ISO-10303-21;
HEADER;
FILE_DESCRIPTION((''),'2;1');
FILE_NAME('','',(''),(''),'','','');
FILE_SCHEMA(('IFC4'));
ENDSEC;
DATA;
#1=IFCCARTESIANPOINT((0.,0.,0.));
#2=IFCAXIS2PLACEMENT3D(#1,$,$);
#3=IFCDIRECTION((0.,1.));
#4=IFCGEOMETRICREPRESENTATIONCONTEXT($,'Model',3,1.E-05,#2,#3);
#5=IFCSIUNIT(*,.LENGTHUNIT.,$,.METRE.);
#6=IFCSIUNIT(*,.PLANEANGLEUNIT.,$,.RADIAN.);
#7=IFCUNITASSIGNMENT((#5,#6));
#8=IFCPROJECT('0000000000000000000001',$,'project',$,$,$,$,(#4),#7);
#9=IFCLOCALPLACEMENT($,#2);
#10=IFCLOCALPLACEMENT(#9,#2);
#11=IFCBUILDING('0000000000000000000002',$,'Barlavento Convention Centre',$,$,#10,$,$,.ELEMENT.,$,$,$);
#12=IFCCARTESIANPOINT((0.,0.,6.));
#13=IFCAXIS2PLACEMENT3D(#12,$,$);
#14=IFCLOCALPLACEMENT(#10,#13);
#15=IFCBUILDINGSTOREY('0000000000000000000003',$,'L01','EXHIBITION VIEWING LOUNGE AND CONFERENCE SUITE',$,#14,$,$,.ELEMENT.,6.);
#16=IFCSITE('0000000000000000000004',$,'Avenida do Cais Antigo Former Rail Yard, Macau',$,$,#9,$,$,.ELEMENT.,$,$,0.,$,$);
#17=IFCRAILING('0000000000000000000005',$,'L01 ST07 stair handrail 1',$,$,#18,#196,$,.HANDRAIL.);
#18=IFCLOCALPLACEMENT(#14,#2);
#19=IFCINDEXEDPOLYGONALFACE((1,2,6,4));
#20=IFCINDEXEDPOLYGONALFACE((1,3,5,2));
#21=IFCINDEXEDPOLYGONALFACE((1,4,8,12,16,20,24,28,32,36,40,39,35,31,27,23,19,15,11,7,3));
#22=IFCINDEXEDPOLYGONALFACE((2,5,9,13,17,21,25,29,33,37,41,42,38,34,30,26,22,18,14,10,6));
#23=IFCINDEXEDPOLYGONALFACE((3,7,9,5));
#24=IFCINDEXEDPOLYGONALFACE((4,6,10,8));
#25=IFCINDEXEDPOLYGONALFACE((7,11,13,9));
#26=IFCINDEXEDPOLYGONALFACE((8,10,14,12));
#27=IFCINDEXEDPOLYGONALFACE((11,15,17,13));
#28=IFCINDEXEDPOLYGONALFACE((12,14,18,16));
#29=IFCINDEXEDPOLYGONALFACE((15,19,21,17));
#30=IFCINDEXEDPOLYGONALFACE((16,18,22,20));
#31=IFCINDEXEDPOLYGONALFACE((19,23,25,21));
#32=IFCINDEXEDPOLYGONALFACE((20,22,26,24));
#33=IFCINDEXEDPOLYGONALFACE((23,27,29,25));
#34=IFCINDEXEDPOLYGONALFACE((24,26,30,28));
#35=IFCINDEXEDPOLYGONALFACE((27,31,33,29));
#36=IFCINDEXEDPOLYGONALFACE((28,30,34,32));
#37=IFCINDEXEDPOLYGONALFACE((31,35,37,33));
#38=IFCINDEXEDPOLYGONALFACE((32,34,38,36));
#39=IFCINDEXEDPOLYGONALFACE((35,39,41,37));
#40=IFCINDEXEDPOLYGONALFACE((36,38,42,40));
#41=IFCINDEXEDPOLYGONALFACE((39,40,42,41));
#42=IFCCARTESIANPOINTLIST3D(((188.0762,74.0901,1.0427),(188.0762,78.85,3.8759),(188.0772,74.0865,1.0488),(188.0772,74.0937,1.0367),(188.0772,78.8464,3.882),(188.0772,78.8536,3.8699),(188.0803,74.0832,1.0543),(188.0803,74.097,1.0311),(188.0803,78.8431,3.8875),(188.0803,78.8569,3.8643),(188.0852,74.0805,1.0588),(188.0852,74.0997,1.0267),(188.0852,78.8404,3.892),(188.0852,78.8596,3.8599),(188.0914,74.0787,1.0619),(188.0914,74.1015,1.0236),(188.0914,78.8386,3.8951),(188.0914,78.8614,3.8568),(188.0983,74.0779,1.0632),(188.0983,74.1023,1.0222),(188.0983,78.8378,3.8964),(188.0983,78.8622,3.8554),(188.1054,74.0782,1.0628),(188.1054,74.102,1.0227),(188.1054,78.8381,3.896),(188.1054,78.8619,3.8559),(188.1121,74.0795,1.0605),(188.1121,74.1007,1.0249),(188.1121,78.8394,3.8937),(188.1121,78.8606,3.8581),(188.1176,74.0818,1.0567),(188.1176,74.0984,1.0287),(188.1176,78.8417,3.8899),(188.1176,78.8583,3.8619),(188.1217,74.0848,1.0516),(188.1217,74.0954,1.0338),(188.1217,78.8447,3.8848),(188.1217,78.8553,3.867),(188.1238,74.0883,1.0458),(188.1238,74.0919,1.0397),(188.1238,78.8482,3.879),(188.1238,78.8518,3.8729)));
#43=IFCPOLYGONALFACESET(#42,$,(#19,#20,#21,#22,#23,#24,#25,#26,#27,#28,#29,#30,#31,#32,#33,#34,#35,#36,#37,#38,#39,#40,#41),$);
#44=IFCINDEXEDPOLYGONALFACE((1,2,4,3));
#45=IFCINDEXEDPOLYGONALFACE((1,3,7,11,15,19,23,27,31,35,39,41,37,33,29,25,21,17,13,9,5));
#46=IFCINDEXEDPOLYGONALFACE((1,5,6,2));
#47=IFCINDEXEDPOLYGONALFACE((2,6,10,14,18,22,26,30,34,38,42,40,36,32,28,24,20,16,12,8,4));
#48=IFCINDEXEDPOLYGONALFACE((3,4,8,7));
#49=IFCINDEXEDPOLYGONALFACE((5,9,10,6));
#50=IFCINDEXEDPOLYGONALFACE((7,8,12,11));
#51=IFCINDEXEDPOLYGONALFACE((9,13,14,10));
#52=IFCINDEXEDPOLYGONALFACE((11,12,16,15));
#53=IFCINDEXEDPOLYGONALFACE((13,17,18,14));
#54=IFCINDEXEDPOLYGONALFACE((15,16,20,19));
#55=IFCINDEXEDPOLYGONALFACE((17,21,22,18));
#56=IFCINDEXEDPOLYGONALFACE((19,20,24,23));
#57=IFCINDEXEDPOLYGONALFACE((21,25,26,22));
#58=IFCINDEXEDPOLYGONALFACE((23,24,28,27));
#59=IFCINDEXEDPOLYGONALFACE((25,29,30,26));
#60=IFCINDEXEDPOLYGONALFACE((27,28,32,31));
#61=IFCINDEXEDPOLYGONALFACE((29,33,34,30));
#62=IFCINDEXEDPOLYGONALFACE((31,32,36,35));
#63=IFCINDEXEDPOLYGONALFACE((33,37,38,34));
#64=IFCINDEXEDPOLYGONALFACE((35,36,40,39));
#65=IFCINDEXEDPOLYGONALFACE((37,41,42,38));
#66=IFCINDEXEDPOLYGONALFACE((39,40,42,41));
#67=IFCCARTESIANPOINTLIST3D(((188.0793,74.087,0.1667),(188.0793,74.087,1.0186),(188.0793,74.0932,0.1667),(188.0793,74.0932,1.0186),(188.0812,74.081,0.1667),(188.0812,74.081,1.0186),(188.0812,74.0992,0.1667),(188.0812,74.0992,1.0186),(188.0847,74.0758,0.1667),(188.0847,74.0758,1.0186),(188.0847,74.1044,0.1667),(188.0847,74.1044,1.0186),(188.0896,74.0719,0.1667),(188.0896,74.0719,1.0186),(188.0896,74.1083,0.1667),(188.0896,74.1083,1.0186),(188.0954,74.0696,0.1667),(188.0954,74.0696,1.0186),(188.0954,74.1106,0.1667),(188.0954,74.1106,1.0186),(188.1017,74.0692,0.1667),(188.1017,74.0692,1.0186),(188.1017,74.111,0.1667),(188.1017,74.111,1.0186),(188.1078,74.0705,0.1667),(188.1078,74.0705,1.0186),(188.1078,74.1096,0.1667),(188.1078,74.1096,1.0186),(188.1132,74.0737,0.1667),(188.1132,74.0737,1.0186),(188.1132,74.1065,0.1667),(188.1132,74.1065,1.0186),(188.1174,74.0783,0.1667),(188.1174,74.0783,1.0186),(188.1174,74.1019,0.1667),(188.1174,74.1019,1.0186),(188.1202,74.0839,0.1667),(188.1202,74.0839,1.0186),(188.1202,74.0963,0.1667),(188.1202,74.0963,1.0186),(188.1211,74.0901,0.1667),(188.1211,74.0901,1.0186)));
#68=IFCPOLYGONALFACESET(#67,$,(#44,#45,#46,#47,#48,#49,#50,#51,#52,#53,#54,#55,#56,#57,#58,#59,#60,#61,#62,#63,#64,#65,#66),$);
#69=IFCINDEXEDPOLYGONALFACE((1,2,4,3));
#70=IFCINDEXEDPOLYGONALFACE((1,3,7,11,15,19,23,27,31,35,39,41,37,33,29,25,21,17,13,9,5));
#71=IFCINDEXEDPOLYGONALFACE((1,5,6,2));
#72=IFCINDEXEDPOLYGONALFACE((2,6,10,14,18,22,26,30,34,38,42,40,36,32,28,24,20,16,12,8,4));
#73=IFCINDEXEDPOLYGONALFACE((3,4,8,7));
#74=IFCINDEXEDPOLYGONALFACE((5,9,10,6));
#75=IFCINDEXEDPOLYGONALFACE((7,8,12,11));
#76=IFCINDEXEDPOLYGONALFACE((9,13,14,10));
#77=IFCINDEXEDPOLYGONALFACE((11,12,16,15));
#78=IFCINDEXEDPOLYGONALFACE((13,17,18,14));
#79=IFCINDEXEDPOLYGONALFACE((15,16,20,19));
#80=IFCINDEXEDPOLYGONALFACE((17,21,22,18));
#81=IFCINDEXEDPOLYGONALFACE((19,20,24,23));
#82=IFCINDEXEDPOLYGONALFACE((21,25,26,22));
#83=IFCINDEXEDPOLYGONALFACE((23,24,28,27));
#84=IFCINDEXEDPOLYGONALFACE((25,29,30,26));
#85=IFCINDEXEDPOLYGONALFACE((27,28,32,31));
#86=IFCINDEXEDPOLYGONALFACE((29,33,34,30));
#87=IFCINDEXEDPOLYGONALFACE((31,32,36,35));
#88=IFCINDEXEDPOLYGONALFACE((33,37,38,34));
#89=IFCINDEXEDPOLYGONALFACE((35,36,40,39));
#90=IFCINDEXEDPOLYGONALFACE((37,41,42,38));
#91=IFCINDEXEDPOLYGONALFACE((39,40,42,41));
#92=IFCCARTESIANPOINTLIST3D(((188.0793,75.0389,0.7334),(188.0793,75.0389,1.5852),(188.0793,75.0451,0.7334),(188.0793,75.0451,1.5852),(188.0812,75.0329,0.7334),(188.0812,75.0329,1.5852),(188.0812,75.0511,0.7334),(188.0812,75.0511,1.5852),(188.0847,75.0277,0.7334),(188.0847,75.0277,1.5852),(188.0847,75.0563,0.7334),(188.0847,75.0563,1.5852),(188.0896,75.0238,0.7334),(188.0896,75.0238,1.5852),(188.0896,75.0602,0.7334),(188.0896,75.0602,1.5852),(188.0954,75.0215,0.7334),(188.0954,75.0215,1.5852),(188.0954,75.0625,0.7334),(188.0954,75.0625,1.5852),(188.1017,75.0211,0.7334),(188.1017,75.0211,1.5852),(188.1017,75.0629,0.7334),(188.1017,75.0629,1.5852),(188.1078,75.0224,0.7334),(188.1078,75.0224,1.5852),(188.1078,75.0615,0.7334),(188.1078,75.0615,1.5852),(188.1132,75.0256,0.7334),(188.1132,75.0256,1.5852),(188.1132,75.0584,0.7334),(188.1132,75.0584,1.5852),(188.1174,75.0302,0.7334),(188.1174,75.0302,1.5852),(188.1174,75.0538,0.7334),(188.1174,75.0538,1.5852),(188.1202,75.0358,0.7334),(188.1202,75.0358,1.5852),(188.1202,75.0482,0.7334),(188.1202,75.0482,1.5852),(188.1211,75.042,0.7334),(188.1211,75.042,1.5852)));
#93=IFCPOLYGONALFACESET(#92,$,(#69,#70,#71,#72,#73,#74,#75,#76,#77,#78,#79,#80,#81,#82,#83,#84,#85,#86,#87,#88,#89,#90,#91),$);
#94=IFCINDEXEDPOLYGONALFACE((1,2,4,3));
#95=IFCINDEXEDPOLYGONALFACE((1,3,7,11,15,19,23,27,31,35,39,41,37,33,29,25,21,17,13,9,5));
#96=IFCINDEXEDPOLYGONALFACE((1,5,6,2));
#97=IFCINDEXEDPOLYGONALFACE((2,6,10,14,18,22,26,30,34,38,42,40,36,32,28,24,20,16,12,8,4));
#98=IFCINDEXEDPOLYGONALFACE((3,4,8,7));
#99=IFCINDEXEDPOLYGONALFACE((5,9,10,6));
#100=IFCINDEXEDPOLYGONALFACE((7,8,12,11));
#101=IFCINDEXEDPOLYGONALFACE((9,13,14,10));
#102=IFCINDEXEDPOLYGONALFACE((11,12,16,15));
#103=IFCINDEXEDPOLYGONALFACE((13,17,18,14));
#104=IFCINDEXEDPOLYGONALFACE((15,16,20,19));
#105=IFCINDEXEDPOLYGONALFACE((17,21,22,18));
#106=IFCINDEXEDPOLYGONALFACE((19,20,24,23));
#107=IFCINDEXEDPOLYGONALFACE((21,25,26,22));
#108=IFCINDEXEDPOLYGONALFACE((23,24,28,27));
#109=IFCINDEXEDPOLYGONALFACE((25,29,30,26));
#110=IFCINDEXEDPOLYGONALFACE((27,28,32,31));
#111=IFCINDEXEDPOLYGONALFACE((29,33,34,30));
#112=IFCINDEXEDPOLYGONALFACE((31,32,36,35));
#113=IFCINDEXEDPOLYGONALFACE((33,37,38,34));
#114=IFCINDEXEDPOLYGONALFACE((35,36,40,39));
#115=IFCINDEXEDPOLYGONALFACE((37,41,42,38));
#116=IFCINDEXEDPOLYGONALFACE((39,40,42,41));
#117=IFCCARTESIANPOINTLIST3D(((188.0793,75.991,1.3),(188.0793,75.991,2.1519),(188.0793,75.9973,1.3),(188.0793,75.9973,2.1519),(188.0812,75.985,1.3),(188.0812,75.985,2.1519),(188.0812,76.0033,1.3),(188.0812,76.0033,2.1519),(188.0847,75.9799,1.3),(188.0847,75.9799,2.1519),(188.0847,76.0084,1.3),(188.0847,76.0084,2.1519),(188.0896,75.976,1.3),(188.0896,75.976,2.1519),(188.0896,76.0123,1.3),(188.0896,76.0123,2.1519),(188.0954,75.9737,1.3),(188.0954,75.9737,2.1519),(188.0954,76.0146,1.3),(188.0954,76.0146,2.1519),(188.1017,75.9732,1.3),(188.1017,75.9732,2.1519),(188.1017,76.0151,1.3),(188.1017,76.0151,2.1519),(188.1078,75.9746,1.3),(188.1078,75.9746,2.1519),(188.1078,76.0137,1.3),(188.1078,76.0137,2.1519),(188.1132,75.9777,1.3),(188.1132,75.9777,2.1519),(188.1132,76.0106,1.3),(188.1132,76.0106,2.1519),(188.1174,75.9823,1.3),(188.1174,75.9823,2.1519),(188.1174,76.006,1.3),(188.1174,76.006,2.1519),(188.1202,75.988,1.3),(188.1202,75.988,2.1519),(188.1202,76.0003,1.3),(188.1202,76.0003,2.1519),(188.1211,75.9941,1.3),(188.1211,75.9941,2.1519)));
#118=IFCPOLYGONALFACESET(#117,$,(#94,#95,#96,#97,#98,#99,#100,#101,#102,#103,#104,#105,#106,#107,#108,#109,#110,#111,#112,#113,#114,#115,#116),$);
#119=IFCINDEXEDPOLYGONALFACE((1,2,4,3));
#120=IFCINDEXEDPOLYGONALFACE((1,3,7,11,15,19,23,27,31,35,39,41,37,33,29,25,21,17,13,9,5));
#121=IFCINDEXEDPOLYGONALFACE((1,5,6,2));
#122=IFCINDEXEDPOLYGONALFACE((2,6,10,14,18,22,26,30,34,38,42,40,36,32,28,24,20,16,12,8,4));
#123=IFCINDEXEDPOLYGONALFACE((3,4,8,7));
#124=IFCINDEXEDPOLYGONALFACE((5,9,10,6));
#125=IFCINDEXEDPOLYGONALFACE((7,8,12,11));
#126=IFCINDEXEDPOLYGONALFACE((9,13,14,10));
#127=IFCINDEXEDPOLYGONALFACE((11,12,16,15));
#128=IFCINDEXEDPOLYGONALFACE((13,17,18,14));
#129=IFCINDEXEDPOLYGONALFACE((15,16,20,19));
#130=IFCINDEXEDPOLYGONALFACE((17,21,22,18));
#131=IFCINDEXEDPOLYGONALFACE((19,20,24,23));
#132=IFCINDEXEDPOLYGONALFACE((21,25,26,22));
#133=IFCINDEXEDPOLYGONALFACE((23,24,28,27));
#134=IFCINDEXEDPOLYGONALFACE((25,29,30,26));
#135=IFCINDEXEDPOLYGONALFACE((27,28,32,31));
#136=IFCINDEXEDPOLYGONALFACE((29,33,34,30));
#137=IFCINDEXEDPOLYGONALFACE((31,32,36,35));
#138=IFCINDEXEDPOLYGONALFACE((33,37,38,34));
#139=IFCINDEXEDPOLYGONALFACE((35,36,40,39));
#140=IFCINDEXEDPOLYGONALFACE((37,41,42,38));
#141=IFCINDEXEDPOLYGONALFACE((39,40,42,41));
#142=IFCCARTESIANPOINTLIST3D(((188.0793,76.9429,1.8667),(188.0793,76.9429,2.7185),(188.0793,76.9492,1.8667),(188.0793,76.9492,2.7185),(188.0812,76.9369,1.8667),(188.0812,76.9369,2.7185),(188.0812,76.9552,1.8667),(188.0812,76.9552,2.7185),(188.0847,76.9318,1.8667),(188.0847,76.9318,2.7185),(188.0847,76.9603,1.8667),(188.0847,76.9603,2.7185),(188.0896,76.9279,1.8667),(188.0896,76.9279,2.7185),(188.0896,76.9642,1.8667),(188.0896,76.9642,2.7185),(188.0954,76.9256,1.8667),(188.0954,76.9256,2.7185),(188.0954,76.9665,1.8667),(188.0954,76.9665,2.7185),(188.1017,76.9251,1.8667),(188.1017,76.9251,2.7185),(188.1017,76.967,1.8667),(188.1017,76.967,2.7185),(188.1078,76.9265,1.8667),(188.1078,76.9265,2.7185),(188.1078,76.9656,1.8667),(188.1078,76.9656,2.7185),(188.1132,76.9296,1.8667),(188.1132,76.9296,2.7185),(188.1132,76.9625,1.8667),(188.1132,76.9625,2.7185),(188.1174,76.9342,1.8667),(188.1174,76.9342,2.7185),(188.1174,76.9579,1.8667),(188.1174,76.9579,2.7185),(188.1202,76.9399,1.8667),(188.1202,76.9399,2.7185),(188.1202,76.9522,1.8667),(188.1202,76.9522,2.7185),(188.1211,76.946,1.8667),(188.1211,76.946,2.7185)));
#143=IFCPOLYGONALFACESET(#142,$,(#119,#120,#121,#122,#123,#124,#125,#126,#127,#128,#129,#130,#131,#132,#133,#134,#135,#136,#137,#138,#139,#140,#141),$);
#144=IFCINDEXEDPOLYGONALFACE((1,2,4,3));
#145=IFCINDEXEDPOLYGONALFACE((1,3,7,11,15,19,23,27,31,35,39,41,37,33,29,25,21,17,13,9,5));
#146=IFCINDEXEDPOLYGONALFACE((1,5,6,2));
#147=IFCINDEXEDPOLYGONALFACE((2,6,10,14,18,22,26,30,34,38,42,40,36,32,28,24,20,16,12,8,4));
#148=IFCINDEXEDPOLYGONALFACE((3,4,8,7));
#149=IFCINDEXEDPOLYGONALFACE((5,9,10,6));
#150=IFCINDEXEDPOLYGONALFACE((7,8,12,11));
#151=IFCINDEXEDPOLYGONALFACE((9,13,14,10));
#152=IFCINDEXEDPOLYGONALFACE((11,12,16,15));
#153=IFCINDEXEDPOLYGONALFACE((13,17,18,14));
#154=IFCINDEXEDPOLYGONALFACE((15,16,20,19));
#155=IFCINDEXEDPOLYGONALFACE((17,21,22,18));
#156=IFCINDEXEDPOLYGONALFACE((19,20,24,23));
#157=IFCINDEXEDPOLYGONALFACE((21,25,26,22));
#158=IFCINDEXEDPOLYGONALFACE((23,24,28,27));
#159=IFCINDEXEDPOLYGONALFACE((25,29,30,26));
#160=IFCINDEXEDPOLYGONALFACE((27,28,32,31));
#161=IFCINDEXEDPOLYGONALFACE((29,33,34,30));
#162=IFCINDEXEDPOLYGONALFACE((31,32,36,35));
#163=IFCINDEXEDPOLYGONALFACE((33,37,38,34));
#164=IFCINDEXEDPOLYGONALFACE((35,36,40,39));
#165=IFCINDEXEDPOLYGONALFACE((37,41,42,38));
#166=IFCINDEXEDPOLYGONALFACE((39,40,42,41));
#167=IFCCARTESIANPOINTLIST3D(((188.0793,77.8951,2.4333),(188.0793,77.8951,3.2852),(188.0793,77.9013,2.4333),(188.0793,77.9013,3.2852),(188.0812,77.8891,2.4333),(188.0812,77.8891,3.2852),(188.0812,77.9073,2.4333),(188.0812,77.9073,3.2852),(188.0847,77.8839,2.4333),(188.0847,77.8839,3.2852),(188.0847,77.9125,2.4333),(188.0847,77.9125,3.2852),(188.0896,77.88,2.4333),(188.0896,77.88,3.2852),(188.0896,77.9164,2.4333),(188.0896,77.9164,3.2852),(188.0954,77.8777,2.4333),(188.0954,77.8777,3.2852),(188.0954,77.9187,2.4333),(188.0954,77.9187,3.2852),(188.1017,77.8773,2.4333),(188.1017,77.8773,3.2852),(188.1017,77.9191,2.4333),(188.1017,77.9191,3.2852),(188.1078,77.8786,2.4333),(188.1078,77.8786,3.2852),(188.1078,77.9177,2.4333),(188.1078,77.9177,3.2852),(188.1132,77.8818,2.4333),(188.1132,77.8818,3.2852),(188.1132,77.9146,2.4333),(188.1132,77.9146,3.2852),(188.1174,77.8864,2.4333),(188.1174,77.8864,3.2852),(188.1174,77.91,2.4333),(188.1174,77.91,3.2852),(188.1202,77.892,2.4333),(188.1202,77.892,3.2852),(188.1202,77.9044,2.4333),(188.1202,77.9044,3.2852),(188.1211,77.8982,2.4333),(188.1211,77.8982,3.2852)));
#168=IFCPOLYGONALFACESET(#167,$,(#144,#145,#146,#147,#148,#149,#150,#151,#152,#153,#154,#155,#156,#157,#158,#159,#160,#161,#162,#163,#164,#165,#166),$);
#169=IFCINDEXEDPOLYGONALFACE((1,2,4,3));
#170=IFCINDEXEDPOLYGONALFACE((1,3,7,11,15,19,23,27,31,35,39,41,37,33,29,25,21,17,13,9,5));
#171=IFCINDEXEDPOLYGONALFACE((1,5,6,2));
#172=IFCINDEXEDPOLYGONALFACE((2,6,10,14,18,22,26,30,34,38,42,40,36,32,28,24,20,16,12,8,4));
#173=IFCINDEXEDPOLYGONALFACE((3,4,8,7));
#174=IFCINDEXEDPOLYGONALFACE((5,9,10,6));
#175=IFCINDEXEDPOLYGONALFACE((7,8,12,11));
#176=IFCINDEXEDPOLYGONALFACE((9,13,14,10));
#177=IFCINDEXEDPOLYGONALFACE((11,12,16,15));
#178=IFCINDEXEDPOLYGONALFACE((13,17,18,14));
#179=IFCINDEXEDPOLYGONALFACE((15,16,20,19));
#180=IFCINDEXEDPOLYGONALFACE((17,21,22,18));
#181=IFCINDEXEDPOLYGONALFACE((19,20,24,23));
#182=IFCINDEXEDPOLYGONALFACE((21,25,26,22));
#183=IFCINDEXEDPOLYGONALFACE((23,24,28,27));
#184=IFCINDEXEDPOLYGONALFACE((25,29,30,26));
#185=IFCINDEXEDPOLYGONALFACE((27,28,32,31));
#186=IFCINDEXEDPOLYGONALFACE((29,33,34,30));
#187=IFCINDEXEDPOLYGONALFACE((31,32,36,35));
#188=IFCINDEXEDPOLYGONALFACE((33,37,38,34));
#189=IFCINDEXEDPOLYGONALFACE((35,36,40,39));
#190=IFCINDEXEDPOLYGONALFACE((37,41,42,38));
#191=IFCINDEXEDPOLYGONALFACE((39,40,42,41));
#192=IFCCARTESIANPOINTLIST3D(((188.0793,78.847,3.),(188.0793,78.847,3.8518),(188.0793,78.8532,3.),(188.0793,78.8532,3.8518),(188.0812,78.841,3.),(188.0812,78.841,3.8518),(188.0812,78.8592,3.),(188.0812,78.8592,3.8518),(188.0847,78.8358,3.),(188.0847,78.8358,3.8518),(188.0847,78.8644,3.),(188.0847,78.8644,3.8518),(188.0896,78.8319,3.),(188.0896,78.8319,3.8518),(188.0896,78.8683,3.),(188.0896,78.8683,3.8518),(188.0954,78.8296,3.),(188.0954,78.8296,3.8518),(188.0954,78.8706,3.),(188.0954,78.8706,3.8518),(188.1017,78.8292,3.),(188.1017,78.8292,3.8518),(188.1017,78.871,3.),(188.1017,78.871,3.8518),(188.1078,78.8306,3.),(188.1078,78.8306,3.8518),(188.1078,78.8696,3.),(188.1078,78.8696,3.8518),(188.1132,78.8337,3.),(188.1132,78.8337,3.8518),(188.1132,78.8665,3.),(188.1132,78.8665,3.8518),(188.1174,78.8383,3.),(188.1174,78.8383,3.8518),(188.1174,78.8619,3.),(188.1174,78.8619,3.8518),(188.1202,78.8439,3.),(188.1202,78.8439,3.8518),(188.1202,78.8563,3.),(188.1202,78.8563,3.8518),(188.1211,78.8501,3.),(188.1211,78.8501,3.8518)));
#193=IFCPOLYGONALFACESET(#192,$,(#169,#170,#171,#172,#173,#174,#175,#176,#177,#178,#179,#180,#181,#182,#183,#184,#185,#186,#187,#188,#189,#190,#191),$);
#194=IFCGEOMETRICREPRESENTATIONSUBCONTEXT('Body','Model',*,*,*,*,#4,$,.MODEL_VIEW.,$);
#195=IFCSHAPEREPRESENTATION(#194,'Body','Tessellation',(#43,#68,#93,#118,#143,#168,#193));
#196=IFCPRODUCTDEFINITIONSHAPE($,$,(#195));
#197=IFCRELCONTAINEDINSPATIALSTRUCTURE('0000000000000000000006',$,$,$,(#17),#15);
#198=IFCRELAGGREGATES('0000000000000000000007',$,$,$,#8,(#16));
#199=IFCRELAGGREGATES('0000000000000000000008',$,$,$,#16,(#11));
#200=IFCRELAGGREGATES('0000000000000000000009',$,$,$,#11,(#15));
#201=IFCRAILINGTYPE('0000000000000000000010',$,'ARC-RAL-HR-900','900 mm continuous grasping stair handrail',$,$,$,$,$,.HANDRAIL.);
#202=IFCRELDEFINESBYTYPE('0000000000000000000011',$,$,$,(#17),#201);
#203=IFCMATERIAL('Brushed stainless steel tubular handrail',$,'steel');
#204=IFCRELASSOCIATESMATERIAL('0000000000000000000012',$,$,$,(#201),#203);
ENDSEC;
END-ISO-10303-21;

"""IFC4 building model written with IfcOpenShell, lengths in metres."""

from ifc_helpers import new_model, si_unit, direction, frame, origin, origin_2d, place, context, subcontext, project, spatial, circle, extrude, material, type_object, element, save


model = new_model("IFC4")

# Units and contexts
model_context = context("Model", 3, precision=1e-05, world=origin(), true_north=direction((0.0, 1.0)))
body_context = subcontext(model_context, "Body", "Model", "MODEL_VIEW")
ifc_project = project(units=[si_unit("LENGTHUNIT", "METRE"), si_unit("PLANEANGLEUNIT", "RADIAN")], contexts=[model_context])

# Site, building, storey
site_placement = place(None, origin())
site = spatial("IfcSite", under=ifc_project, at=site_placement, Name="Avenida do Cais Antigo Former Rail Yard, Macau", CompositionType="ELEMENT", RefElevation=0.0)
building_placement = place(site_placement, origin())
building = spatial("IfcBuilding", under=site, at=building_placement, Name="Barlavento Convention Centre", CompositionType="ELEMENT")
storey_placement = place(building_placement, frame((0.0, 0.0, 6.0)))
storey = spatial("IfcBuildingStorey", under=building, at=storey_placement, Name="L01", Description="EXHIBITION VIEWING LOUNGE AND CONFERENCE SUITE", CompositionType="ELEMENT", Elevation=6.0)

# Railing
ifc_material_1 = material(Name="Brushed stainless steel tubular handrail", Category="steel")
railing_type_1 = type_object("IfcRailingType", Name="ARC-RAL-HR-900", Description="900 mm continuous grasping stair handrail", PredefinedType="HANDRAIL", material=ifc_material_1)
railing_1_placement = place(storey_placement, frame((188.1001, 74.0901, 0.1667)))
element("IfcRailing", 1, at=railing_1_placement, inside=storey, type_object=railing_type_1, Name="L01 ST07 stair handrail 1", PredefinedType="HANDRAIL", context=body_context, shape_type="SweptSolid", body=[
    extrude(circle(Radius=0.0239, at=origin_2d()), frame((0.0, 0.0, 0.876), z_axis=(0.0, 0.8593, 0.511472), x_axis=(-1.0, 0.0, 0.0)), (0.0, 0.0, 1.0), 5.5393),
    extrude(circle(Radius=0.021, at=origin_2d()), origin(), (0.0, 0.0, 1.0), 0.8518),
    extrude(circle(Radius=0.021, at=origin_2d()), frame((0.0, 0.9519, 0.5667)), (0.0, 0.0, 1.0), 0.8518),
    extrude(circle(Radius=0.021, at=origin_2d()), frame((0.0, 1.9041, 1.1333)), (0.0, 0.0, 1.0), 0.8518),
    extrude(circle(Radius=0.021, at=origin_2d()), frame((0.0, 2.856, 1.7)), (0.0, 0.0, 1.0), 0.8518),
    extrude(circle(Radius=0.021, at=origin_2d()), frame((0.0, 3.8081, 2.2666)), (0.0, 0.0, 1.0), 0.8518),
    extrude(circle(Radius=0.021, at=origin_2d()), frame((0.0, 4.76, 2.8333)), (0.0, 0.0, 1.0), 0.8518),
])

save(model, "model.ifc")
